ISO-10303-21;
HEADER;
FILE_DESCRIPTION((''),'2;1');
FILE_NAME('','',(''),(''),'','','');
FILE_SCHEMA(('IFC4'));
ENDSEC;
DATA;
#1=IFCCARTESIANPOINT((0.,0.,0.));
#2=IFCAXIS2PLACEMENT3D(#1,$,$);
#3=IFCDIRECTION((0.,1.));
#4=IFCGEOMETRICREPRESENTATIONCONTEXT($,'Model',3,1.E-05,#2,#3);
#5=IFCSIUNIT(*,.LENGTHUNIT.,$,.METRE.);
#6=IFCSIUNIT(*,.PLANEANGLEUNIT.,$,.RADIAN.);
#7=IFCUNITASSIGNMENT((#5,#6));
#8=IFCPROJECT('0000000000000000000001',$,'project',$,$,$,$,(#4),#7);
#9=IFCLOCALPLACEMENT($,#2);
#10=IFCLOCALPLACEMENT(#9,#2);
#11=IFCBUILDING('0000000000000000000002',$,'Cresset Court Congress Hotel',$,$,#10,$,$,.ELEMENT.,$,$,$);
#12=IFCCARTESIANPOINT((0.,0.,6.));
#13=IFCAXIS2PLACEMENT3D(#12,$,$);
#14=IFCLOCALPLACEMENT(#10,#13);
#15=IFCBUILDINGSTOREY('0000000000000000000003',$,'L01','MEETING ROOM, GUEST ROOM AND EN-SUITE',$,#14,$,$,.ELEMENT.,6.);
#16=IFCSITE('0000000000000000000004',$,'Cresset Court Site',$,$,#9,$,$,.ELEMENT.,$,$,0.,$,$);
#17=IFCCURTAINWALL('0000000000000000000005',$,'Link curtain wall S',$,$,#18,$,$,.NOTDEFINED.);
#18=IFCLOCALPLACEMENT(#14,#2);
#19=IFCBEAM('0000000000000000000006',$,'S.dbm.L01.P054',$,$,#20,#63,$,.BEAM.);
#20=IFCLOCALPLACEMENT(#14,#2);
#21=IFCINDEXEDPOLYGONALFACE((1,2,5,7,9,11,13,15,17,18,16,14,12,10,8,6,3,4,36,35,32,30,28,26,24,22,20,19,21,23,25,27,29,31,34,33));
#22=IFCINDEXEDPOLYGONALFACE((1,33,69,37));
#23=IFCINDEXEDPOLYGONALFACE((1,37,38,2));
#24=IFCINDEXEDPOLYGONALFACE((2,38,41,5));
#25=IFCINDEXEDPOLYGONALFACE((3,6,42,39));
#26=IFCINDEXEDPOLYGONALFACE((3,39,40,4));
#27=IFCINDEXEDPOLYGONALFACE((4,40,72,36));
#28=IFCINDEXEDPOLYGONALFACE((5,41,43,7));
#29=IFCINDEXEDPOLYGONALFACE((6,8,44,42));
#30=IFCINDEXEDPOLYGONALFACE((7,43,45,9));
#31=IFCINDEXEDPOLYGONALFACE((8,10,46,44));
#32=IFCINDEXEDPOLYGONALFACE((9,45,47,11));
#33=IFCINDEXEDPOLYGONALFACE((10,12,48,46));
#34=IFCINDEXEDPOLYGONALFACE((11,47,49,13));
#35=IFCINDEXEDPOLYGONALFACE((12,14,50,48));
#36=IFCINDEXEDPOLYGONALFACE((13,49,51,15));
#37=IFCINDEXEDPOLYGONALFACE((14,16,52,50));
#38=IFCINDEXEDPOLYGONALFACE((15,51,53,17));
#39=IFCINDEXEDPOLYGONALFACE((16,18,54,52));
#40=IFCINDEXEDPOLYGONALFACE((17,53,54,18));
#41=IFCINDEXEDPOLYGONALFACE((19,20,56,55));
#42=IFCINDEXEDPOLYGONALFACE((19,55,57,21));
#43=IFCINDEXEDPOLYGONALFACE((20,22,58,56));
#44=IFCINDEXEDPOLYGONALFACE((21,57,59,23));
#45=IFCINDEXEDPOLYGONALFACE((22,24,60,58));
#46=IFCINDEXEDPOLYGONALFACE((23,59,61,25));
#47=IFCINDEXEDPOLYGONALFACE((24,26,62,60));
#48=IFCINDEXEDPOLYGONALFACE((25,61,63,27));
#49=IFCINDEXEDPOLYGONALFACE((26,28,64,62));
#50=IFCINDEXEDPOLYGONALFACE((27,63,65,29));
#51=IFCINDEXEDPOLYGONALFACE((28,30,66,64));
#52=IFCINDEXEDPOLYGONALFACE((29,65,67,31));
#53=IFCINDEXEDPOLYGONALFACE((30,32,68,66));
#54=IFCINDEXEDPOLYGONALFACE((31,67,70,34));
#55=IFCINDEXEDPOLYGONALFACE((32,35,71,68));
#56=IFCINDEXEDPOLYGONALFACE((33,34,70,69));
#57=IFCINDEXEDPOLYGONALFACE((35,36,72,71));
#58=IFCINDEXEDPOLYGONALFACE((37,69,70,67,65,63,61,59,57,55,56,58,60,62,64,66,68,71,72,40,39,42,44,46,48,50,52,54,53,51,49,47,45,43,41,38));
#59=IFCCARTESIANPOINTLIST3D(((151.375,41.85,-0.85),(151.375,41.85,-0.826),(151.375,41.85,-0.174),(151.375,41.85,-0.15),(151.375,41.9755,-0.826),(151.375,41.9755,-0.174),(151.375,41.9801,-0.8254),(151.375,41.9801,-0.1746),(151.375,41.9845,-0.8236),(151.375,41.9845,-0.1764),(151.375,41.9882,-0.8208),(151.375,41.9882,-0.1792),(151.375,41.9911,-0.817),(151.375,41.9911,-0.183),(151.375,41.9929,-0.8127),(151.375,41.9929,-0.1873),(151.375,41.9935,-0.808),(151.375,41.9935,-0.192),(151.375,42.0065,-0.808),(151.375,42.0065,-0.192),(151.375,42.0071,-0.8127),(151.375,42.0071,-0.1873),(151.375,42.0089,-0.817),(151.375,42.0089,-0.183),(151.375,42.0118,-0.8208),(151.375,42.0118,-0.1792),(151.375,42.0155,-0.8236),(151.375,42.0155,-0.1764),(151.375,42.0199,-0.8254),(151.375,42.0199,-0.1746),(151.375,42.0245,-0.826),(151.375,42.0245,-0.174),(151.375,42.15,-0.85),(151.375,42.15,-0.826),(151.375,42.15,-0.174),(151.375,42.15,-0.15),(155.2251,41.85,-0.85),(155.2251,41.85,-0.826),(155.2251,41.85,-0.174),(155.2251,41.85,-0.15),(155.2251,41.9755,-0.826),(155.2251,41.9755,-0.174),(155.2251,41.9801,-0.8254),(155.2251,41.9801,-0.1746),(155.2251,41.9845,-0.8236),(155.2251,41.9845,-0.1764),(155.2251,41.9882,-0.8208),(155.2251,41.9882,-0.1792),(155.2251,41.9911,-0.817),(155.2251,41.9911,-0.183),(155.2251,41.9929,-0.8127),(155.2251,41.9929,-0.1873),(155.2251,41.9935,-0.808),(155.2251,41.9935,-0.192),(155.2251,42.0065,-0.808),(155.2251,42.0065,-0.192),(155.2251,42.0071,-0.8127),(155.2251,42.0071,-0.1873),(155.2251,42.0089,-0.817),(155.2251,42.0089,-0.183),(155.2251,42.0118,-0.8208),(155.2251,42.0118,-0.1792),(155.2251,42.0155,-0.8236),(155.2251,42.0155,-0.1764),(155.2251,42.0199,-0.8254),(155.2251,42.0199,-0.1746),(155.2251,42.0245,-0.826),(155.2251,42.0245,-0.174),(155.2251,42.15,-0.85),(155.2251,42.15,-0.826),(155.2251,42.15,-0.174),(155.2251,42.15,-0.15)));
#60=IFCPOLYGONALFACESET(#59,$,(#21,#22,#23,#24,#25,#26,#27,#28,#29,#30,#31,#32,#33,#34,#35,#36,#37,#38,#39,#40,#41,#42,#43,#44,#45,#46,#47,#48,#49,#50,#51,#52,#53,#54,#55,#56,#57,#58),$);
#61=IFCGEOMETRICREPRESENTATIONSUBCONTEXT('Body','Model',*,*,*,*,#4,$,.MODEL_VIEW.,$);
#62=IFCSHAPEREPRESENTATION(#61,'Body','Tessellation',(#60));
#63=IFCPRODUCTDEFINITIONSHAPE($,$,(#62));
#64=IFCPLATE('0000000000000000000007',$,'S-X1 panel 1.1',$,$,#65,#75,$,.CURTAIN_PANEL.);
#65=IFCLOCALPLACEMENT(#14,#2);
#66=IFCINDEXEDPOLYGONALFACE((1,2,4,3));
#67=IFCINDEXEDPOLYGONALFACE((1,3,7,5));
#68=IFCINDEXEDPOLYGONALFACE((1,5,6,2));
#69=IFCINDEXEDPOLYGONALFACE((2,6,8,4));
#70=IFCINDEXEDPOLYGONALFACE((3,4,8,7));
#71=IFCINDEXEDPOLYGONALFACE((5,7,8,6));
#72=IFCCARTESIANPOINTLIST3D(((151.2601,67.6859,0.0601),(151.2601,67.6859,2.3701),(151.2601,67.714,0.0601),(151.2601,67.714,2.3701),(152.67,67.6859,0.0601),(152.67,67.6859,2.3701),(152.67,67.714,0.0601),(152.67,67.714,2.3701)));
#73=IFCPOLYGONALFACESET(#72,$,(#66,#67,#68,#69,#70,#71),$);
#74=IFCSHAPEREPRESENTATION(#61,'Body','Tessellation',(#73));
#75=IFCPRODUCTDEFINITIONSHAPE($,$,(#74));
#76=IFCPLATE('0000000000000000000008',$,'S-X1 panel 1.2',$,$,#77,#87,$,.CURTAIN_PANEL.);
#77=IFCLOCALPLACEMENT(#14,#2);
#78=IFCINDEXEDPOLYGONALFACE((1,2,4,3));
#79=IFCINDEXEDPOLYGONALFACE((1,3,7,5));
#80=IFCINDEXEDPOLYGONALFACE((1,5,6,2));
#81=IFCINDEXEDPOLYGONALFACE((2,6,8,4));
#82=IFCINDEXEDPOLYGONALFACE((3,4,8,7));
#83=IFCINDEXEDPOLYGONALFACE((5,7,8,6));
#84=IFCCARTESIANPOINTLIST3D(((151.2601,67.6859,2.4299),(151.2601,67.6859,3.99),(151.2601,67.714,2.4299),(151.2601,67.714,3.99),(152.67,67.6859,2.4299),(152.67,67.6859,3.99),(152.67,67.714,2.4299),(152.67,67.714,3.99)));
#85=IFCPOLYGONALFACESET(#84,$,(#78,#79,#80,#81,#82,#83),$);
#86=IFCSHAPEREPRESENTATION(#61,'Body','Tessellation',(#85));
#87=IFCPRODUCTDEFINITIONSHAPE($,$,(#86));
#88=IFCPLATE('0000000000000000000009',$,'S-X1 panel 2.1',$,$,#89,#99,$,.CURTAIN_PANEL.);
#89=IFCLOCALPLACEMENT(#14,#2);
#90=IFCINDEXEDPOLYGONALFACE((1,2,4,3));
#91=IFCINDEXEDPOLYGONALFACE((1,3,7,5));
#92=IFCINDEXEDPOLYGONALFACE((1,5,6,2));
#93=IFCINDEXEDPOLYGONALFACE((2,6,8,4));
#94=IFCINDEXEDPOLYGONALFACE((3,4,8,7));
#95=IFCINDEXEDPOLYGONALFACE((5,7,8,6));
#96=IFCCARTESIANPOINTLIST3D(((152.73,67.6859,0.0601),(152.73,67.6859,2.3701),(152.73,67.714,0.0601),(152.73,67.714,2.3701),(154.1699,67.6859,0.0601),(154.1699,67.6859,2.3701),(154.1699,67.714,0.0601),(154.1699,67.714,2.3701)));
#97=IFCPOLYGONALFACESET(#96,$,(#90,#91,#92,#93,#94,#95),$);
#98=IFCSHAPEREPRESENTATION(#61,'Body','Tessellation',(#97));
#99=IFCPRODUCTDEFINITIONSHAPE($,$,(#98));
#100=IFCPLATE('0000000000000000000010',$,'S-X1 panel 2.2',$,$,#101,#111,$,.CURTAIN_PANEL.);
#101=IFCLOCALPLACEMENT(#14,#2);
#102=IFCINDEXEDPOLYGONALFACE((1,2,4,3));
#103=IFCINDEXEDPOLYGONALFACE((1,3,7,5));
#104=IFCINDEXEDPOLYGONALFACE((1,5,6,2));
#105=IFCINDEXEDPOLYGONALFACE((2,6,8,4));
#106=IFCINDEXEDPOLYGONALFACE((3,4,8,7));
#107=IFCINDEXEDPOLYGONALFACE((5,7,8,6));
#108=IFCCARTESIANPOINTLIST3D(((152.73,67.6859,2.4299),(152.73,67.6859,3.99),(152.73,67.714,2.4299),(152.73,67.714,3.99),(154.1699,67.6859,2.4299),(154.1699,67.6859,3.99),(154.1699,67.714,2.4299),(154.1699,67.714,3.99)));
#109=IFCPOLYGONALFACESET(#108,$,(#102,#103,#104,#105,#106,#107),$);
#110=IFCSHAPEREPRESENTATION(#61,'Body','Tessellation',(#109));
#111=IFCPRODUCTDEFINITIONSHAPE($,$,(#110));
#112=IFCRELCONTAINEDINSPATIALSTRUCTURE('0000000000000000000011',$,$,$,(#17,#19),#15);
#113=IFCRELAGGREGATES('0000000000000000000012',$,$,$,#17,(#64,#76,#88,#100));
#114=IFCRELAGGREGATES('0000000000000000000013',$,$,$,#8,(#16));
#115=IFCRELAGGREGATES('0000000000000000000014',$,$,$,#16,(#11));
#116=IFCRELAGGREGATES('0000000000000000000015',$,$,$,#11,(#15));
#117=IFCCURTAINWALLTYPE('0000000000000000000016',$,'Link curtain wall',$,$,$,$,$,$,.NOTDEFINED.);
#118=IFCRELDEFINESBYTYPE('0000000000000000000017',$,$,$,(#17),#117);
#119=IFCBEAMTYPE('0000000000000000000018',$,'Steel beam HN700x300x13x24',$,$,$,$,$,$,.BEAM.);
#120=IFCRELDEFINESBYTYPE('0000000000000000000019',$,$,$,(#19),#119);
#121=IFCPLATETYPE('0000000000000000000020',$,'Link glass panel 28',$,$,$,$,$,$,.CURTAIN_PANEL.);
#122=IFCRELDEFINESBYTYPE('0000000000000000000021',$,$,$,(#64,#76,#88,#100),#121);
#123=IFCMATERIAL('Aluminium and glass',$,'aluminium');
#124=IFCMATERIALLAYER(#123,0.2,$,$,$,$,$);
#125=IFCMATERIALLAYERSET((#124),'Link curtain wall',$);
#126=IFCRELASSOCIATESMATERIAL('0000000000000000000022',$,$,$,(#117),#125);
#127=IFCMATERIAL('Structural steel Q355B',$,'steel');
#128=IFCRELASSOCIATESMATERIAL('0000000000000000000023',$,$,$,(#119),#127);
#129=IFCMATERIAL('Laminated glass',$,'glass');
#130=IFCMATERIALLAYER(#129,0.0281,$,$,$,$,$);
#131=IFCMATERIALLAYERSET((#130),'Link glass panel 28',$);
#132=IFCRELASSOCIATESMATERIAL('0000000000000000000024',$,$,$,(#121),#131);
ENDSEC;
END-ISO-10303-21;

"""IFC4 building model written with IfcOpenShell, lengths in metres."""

from ifc_helpers import new_model, si_unit, direction, frame, origin, origin_2d, place, context, subcontext, project, spatial, rectangle, i_section, extrude, material, layer, layer_set, material_profile, profile_set, type_object, element, aggregate, save


model = new_model("IFC4")

# Units and contexts
model_context = context("Model", 3, precision=1e-05, world=origin(), true_north=direction((0.0, 1.0)))
body_context = subcontext(model_context, "Body", "Model", "MODEL_VIEW")
ifc_project = project(units=[si_unit("LENGTHUNIT", "METRE"), si_unit("PLANEANGLEUNIT", "RADIAN")], contexts=[model_context])

# Site, building, storey
site_placement = place(None, origin())
site = spatial("IfcSite", under=ifc_project, at=site_placement, Name="Cresset Court Site", CompositionType="ELEMENT", RefElevation=0.0)
building_placement = place(site_placement, origin())
building = spatial("IfcBuilding", under=site, at=building_placement, Name="Cresset Court Congress Hotel", CompositionType="ELEMENT")
storey_placement = place(building_placement, frame((0.0, 0.0, 6.0)))
storey = spatial("IfcBuildingStorey", under=building, at=storey_placement, Name="L01", Description="MEETING ROOM, GUEST ROOM AND EN-SUITE", CompositionType="ELEMENT", Elevation=6.0)

# Curtain wall
ifc_material_1 = material(Name="Aluminium and glass", Category="aluminium")
ifc_layer_1 = layer(ifc_material_1, 0.2)
ifc_layer_set_1 = layer_set([ifc_layer_1], Name="Link curtain wall")
curtain_wall_type = type_object("IfcCurtainWallType", Name="Link curtain wall", PredefinedType="NOTDEFINED", material=ifc_layer_set_1)
curtain_wall_placement = place(storey_placement, origin())
curtain_wall = element("IfcCurtainWall", 1, at=curtain_wall_placement, inside=storey, type_object=curtain_wall_type, Name="Link curtain wall S", PredefinedType="NOTDEFINED")

# Beam
ifc_material_2 = material(Name="Structural steel Q355B", Category="steel")
ifc_material_profile_1 = material_profile(ifc_material_2, i_section(OverallWidth=0.3, OverallDepth=0.7, WebThickness=0.0129, FlangeThickness=0.0239, FilletRadius=0.0181, at=origin_2d()), Name="HN700x300x13x24")
ifc_profile_set_1 = profile_set([ifc_material_profile_1], Name="Structural steel Q355B")
beam_type_1 = type_object("IfcBeamType", Name="Steel beam HN700x300x13x24", PredefinedType="BEAM", material=ifc_profile_set_1)
beam_1_placement = place(storey_placement, frame((151.375, 42.0, -0.5), z_axis=(1.0, 0.0, 0.0), x_axis=(0.0, 1.0, 0.0)))
element("IfcBeam", 2, at=beam_1_placement, inside=storey, type_object=beam_type_1, Name="S.dbm.L01.P054", PredefinedType="BEAM", context=body_context, shape_type="SweptSolid", body=[
    extrude(i_section(OverallWidth=0.3, OverallDepth=0.7, WebThickness=0.0129, FlangeThickness=0.0239, FilletRadius=0.0181, at=origin_2d()), origin(), (0.0, 0.0, 1.0), 3.8501),
])

# Plates
ifc_material_3 = material(Name="Laminated glass", Category="glass")
ifc_layer_2 = layer(ifc_material_3, 0.0281)
ifc_layer_set_2 = layer_set([ifc_layer_2], Name="Link glass panel 28")
plate_type = type_object("IfcPlateType", Name="Link glass panel 28", PredefinedType="CURTAIN_PANEL", material=ifc_layer_set_2)
plate_1_placement = place(storey_placement, frame((151.9651, 67.7, 0.0601), z_axis=(0.0, 0.0, 1.0), x_axis=(1.0, 0.0, 0.0)))
plate_1 = element("IfcPlate", 3, at=plate_1_placement, type_object=plate_type, Name="S-X1 panel 1.1", PredefinedType="CURTAIN_PANEL", context=body_context, shape_type="SweptSolid", body=[
    extrude(rectangle(XDim=1.4099, YDim=0.0281, at=origin_2d()), origin(), (0.0, 0.0, 1.0), 2.3101),
])
plate_2_placement = place(storey_placement, frame((151.9651, 67.7, 2.4299), z_axis=(0.0, 0.0, 1.0), x_axis=(1.0, 0.0, 0.0)))
plate_2 = element("IfcPlate", 4, at=plate_2_placement, type_object=plate_type, Name="S-X1 panel 1.2", PredefinedType="CURTAIN_PANEL", context=body_context, shape_type="SweptSolid", body=[
    extrude(rectangle(XDim=1.4099, YDim=0.0281, at=origin_2d()), origin(), (0.0, 0.0, 1.0), 1.5601),
])
plate_3_placement = place(storey_placement, frame((153.45, 67.7, 0.0601), z_axis=(0.0, 0.0, 1.0), x_axis=(1.0, 0.0, 0.0)))
plate_3 = element("IfcPlate", 5, at=plate_3_placement, type_object=plate_type, Name="S-X1 panel 2.1", PredefinedType="CURTAIN_PANEL", context=body_context, shape_type="SweptSolid", body=[
    extrude(rectangle(XDim=1.4399, YDim=0.0281, at=origin_2d()), origin(), (0.0, 0.0, 1.0), 2.3101),
])
plate_4_placement = place(storey_placement, frame((153.45, 67.7, 2.4299), z_axis=(0.0, 0.0, 1.0), x_axis=(1.0, 0.0, 0.0)))
plate_4 = element("IfcPlate", 6, at=plate_4_placement, type_object=plate_type, Name="S-X1 panel 2.2", PredefinedType="CURTAIN_PANEL", context=body_context, shape_type="SweptSolid", body=[
    extrude(rectangle(XDim=1.4399, YDim=0.0281, at=origin_2d()), origin(), (0.0, 0.0, 1.0), 1.5601),
])
aggregate(curtain_wall, [plate_1, plate_2, plate_3, plate_4])

save(model, "model.ifc")
